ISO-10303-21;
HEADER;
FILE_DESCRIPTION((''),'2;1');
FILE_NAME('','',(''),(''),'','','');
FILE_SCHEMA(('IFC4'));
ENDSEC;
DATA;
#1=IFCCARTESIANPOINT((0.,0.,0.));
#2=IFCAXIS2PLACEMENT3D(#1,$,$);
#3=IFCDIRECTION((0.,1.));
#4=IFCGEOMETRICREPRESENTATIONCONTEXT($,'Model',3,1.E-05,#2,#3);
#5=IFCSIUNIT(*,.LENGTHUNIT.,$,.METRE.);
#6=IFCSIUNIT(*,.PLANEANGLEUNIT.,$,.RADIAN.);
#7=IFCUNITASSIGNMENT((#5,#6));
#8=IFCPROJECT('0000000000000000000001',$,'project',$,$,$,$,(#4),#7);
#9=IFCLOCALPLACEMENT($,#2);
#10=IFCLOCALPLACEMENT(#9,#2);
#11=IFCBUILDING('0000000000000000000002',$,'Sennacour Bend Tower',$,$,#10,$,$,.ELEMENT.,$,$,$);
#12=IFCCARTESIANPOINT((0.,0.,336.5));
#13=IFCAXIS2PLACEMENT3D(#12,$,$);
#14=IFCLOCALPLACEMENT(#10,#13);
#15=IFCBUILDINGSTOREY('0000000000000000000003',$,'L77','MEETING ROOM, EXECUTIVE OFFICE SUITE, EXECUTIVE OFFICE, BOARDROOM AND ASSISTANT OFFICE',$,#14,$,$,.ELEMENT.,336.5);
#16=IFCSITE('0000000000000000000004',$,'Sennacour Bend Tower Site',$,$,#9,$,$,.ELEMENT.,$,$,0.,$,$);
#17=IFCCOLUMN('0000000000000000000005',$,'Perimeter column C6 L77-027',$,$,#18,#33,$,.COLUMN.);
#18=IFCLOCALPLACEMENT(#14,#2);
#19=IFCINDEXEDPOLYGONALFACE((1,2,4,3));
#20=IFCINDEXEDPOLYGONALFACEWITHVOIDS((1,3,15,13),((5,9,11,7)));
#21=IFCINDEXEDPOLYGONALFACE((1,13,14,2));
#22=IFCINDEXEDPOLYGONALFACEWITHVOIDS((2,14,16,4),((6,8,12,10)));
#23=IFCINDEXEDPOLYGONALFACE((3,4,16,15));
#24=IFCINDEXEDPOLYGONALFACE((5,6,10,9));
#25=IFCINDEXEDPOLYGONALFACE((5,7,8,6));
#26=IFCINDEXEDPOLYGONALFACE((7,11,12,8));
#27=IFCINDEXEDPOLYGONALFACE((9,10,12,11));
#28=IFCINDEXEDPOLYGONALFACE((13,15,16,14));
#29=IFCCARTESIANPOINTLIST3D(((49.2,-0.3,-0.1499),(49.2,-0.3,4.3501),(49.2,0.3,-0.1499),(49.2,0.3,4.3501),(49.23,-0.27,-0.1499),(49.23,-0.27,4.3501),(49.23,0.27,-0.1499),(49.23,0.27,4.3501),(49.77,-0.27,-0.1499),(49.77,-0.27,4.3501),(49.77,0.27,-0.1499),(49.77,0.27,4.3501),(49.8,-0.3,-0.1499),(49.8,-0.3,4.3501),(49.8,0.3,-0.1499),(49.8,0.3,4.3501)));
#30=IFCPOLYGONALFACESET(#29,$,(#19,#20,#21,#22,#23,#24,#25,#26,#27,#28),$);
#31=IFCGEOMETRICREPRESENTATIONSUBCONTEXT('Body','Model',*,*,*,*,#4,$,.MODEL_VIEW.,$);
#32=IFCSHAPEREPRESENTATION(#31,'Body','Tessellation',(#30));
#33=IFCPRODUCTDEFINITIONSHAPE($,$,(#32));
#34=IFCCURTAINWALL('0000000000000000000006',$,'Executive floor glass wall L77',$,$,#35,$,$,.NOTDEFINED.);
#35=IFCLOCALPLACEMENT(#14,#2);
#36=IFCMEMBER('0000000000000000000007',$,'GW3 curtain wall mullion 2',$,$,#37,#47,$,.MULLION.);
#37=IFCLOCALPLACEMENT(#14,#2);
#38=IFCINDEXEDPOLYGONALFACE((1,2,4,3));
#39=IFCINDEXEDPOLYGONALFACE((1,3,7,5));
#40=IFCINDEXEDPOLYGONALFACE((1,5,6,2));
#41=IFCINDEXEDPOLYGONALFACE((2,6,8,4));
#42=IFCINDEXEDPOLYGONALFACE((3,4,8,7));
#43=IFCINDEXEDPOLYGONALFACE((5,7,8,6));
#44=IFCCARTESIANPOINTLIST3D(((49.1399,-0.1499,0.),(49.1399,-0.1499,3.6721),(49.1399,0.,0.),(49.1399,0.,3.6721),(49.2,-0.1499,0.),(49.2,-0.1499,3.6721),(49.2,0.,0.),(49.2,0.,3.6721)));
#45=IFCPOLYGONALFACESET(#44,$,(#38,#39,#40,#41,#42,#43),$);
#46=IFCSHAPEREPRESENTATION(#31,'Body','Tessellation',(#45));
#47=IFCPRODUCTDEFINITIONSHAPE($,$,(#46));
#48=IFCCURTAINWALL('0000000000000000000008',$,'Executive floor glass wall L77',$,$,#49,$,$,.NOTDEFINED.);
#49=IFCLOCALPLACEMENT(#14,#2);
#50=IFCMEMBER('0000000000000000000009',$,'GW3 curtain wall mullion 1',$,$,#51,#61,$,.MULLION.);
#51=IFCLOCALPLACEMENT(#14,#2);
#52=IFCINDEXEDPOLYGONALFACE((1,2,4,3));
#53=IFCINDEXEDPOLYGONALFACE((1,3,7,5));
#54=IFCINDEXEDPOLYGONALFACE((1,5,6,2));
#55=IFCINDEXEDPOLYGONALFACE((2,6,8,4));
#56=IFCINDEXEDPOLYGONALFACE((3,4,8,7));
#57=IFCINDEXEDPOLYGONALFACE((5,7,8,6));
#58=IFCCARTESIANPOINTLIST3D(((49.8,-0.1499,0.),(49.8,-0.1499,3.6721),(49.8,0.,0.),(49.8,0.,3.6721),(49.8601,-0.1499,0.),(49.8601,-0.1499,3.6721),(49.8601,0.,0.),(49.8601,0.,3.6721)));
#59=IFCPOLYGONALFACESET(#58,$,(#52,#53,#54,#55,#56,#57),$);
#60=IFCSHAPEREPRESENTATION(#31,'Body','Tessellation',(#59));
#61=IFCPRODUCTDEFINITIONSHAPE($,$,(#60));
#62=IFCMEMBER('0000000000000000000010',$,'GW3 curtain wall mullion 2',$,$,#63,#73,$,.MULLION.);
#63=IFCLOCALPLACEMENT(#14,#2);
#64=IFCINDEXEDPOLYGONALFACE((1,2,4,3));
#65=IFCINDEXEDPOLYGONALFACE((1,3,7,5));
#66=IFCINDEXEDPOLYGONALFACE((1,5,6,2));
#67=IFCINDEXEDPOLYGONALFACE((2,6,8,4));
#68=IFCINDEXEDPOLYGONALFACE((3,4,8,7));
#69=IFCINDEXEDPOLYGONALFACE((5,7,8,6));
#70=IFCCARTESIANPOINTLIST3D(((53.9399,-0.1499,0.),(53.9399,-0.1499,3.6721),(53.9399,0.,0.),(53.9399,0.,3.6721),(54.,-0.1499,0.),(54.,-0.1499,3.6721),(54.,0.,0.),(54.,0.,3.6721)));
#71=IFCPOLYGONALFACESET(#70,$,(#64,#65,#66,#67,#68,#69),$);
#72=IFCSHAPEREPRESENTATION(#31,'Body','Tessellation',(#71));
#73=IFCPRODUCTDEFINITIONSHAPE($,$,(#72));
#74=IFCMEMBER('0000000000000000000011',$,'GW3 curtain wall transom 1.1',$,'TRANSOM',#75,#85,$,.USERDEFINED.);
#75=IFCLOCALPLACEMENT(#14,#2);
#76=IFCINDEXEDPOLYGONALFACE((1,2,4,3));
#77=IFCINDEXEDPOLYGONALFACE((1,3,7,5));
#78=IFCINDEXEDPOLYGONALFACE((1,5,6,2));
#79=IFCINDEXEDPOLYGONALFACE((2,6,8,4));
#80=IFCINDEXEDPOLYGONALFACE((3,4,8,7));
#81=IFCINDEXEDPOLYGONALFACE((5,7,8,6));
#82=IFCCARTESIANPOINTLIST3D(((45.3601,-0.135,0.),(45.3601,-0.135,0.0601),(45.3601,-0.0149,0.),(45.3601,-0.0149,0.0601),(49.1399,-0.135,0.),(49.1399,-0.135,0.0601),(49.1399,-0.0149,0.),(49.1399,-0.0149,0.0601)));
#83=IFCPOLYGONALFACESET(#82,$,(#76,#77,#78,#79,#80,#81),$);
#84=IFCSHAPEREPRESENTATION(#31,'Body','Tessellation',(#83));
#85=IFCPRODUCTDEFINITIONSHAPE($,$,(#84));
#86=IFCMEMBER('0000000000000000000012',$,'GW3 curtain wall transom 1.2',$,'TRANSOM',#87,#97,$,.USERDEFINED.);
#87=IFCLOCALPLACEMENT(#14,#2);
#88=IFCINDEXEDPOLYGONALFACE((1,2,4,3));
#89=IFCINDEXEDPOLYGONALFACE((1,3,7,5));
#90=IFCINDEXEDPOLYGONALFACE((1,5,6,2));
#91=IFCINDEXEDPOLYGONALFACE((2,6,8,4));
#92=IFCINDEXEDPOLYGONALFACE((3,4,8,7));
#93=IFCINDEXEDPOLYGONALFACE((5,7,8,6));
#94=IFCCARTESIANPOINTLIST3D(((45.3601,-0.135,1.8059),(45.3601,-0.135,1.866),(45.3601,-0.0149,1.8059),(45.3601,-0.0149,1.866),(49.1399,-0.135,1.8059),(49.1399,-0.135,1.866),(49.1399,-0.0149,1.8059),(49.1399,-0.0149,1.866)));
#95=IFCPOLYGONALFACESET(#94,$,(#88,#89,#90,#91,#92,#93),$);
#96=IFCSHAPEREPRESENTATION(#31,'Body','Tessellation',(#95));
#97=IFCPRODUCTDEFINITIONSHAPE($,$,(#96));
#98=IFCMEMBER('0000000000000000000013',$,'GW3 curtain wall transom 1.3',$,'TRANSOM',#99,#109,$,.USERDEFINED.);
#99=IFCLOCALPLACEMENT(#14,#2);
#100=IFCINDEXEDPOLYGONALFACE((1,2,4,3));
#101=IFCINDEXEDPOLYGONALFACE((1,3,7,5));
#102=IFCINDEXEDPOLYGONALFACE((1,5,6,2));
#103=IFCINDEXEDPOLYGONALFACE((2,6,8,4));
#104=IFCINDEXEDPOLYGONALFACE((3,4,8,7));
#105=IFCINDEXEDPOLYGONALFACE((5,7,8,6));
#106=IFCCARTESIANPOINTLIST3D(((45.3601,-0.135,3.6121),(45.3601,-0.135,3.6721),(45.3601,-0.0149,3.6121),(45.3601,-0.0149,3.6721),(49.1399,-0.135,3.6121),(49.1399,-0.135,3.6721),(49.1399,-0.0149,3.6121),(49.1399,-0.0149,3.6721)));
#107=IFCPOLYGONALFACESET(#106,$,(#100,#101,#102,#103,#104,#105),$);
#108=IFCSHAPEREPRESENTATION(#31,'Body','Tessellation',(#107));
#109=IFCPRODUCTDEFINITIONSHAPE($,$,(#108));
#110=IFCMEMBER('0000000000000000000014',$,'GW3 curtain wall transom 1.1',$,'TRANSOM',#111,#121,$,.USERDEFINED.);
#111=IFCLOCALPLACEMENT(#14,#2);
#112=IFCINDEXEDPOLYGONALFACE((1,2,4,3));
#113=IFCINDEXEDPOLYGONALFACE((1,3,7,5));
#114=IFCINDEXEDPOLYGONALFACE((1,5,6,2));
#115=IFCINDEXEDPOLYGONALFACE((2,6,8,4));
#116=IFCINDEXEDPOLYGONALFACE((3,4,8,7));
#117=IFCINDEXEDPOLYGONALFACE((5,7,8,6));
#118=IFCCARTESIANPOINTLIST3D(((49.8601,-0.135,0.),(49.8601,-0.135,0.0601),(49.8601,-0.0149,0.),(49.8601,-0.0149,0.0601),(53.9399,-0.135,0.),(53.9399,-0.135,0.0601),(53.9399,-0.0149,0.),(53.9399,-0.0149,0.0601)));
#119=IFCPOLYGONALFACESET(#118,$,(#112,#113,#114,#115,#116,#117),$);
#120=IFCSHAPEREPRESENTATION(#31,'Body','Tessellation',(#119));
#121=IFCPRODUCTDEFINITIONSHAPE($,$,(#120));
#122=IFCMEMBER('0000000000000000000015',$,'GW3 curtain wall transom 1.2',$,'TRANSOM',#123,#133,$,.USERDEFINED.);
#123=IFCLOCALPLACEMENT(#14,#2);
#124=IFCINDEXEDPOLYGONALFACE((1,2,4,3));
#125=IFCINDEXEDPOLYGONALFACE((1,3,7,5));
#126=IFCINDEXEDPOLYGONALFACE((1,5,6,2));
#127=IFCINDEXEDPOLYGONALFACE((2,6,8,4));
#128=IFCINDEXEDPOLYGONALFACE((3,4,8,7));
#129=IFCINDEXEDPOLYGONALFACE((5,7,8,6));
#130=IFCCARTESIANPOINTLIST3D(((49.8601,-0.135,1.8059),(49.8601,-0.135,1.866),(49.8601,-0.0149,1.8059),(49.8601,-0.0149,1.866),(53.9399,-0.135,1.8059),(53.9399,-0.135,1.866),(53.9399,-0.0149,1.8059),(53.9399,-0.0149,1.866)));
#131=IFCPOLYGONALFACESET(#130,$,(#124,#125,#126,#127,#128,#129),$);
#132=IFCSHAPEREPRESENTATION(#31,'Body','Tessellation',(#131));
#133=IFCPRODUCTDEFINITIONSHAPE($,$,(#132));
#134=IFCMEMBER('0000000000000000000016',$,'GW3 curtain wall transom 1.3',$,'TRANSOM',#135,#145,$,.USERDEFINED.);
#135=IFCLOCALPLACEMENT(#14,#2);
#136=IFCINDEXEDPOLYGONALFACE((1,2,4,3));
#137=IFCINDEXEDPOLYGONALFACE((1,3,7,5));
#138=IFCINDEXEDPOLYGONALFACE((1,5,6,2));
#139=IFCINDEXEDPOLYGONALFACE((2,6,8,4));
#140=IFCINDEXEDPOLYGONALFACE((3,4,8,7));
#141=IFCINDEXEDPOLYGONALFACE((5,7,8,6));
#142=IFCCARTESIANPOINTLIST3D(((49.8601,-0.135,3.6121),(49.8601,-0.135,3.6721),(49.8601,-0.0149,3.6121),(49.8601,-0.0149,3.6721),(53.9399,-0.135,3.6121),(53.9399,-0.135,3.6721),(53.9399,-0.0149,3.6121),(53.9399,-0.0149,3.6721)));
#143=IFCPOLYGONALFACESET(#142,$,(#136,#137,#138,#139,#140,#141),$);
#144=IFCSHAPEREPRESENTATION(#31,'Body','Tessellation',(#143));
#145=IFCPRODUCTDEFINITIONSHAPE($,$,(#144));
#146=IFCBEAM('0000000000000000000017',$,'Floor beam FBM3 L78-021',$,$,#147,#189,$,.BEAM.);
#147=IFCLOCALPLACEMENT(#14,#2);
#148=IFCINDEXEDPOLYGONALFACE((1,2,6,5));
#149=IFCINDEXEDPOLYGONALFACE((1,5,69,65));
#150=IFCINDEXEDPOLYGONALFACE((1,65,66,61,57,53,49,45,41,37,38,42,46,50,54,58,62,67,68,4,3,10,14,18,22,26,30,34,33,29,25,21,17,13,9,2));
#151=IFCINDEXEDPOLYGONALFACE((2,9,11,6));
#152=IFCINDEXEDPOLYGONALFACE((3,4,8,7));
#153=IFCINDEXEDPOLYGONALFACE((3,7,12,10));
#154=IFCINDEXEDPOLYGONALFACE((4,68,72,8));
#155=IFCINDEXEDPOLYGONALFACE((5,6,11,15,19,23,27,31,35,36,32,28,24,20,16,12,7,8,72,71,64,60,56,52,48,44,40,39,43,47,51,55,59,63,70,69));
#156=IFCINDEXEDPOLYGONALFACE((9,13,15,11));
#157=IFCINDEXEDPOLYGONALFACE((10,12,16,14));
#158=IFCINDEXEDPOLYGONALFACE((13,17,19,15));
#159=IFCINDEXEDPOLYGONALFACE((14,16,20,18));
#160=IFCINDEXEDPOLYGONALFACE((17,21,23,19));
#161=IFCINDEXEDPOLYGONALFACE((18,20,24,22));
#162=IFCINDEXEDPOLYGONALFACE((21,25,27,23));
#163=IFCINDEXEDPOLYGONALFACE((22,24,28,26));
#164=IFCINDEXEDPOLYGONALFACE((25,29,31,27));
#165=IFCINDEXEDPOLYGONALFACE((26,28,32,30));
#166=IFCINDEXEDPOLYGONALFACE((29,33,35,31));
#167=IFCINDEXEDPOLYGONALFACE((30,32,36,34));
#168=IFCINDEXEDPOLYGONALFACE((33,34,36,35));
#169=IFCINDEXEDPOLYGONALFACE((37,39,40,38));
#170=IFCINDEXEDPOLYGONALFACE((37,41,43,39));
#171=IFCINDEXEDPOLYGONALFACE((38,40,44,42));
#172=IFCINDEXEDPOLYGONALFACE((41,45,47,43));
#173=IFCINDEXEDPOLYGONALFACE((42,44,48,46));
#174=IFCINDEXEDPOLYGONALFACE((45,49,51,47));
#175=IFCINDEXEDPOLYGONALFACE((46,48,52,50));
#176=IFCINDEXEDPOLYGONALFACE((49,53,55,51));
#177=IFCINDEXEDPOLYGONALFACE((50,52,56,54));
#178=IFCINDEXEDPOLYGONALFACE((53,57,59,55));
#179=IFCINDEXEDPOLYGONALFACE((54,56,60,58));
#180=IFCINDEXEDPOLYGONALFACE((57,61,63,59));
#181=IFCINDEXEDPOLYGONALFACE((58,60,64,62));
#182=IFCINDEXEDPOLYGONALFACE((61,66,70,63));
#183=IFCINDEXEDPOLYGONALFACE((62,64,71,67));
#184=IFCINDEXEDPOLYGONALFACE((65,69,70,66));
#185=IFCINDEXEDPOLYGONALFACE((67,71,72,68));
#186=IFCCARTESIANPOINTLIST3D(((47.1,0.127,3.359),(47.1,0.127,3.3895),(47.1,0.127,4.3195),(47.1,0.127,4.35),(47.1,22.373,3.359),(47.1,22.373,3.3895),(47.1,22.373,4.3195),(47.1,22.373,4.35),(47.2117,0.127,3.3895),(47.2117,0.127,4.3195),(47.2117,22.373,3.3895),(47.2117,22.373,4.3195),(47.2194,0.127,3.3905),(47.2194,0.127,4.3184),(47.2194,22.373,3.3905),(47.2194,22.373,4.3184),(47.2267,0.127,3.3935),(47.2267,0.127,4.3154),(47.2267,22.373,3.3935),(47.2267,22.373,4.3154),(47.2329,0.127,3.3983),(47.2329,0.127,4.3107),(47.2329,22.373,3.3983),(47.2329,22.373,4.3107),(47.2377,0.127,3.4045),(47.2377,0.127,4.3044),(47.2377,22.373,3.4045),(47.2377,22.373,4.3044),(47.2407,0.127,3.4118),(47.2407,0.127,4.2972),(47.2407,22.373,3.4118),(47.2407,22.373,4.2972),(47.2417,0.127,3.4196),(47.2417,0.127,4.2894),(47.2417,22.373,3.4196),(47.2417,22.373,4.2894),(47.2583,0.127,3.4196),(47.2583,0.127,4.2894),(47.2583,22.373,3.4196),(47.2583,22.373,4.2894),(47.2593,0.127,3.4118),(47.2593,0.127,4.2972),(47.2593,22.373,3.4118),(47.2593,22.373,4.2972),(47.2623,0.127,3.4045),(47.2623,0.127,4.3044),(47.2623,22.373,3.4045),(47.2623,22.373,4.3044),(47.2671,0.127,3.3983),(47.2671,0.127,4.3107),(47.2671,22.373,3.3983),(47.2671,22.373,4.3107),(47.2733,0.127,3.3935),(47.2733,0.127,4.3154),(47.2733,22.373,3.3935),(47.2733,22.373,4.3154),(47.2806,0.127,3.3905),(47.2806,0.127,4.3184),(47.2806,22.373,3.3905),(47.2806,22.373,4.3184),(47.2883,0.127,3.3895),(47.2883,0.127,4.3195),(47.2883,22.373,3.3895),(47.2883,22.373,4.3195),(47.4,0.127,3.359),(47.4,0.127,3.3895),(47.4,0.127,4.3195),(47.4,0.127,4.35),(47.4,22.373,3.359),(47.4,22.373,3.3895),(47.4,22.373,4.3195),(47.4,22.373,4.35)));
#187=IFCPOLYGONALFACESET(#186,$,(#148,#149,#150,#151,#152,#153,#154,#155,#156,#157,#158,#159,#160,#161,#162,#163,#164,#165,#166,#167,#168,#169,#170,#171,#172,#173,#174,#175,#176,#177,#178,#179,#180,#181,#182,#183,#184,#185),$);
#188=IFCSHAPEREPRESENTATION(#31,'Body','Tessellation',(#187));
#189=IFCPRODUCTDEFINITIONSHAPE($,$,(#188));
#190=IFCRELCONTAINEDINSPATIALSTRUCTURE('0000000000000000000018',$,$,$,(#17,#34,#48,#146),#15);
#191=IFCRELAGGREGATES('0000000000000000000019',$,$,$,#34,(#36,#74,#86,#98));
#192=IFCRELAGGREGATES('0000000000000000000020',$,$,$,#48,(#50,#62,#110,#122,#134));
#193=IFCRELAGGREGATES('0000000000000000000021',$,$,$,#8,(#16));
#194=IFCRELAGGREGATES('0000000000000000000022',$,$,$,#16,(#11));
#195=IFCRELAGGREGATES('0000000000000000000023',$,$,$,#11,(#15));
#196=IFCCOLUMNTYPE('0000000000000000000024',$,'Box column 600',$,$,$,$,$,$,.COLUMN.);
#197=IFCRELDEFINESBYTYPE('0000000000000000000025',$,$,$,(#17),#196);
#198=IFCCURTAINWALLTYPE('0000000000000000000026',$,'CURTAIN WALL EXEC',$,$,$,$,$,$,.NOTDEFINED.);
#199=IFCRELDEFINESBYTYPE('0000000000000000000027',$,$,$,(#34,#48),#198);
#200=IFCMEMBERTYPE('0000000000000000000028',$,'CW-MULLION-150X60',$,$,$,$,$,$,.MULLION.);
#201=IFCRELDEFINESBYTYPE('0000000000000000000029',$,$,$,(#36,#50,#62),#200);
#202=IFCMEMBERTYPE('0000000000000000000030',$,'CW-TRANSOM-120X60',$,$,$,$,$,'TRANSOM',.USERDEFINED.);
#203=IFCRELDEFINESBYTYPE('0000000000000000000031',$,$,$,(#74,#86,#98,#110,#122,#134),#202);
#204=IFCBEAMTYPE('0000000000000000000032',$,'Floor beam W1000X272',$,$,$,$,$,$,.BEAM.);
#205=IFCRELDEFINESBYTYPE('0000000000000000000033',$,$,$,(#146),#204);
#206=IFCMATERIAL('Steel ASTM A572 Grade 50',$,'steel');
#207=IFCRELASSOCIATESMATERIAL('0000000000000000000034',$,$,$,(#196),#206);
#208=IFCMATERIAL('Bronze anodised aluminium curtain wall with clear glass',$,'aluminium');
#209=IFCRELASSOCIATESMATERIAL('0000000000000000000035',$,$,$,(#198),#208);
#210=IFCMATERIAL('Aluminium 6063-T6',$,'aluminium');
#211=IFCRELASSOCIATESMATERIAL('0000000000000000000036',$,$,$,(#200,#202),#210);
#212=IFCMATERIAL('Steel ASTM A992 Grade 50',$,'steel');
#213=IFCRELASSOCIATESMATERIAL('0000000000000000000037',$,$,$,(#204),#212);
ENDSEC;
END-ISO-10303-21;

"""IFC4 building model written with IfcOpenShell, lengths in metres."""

from ifc_helpers import new_model, si_unit, direction, frame, origin, origin_2d, place, context, subcontext, project, spatial, rectangle, hollow_rectangle, i_section, extrude, material, material_profile, profile_set, type_object, element, aggregate, save


model = new_model("IFC4")

# Units and contexts
model_context = context("Model", 3, precision=1e-05, world=origin(), true_north=direction((0.0, 1.0)))
body_context = subcontext(model_context, "Body", "Model", "MODEL_VIEW")
ifc_project = project(units=[si_unit("LENGTHUNIT", "METRE"), si_unit("PLANEANGLEUNIT", "RADIAN")], contexts=[model_context])

# Site, building, storey
site_placement = place(None, origin())
site = spatial("IfcSite", under=ifc_project, at=site_placement, Name="Sennacour Bend Tower Site", CompositionType="ELEMENT", RefElevation=0.0)
building_placement = place(site_placement, origin())
building = spatial("IfcBuilding", under=site, at=building_placement, Name="Sennacour Bend Tower", CompositionType="ELEMENT")
storey_placement = place(building_placement, frame((0.0, 0.0, 336.5)))
storey = spatial("IfcBuildingStorey", under=building, at=storey_placement, Name="L77", Description="MEETING ROOM, EXECUTIVE OFFICE SUITE, EXECUTIVE OFFICE, BOARDROOM AND ASSISTANT OFFICE", CompositionType="ELEMENT", Elevation=336.5)

# Column
ifc_material_1 = material(Name="Steel ASTM A572 Grade 50", Category="steel")
ifc_material_profile_1 = material_profile(ifc_material_1, hollow_rectangle(XDim=0.6001, YDim=0.6001, WallThickness=0.03, at=origin_2d()), Name="Steel ASTM A572 Grade 50", Category="steel")
ifc_profile_set_1 = profile_set([ifc_material_profile_1], Name="Steel ASTM A572 Grade 50")
column_type = type_object("IfcColumnType", Name="Box column 600", PredefinedType="COLUMN", material=ifc_profile_set_1)
column_placement = place(storey_placement, frame((49.5, 0.0, -0.1499), z_axis=(0.0, 0.0, 1.0), x_axis=(1.0, 0.0, 0.0)))
element("IfcColumn", 1, at=column_placement, inside=storey, type_object=column_type, Name="Perimeter column C6 L77-027", PredefinedType="COLUMN", context=body_context, shape_type="SweptSolid", body=[
    extrude(hollow_rectangle(XDim=0.6001, YDim=0.6001, WallThickness=0.03, at=origin_2d()), origin(), (0.0, 0.0, 1.0), 4.5),
])

# Curtain wall, member
ifc_material_2 = material(Name="Bronze anodised aluminium curtain wall with clear glass", Category="aluminium")
curtain_wall_type = type_object("IfcCurtainWallType", Name="CURTAIN WALL EXEC", PredefinedType="NOTDEFINED", material=ifc_material_2)
curtain_wall_1_placement = place(storey_placement, origin())
curtain_wall_1 = element("IfcCurtainWall", 2, at=curtain_wall_1_placement, inside=storey, type_object=curtain_wall_type, Name="Executive floor glass wall L77", PredefinedType="NOTDEFINED")
ifc_material_3 = material(Name="Aluminium 6063-T6", Category="aluminium")
ifc_material_profile_2 = material_profile(ifc_material_3, rectangle(XDim=0.1499, YDim=0.0601, at=origin_2d()), Name="Aluminium 6063-T6", Category="aluminium")
ifc_profile_set_2 = profile_set([ifc_material_profile_2], Name="Aluminium 6063-T6")
member_type_1 = type_object("IfcMemberType", Name="CW-MULLION-150X60", PredefinedType="MULLION", material=ifc_profile_set_2)
member_1_placement = place(storey_placement, frame((49.1699, -0.075, 0.0), z_axis=(0.0, 0.0, 1.0), x_axis=(0.0, 1.0, 0.0)))
member_1 = element("IfcMember", 3, at=member_1_placement, type_object=member_type_1, Name="GW3 curtain wall mullion 2", PredefinedType="MULLION", context=body_context, shape_type="SweptSolid", body=[
    extrude(rectangle(XDim=0.1499, YDim=0.0601, at=origin_2d()), origin(), (0.0, 0.0, 1.0), 3.6721),
])

# Curtain wall, members
curtain_wall_2_placement = place(storey_placement, origin())
curtain_wall_2 = element("IfcCurtainWall", 4, at=curtain_wall_2_placement, inside=storey, type_object=curtain_wall_type, Name="Executive floor glass wall L77", PredefinedType="NOTDEFINED")
member_2_placement = place(storey_placement, frame((49.8301, -0.075, 0.0), z_axis=(0.0, 0.0, 1.0), x_axis=(0.0, 1.0, 0.0)))
member_2 = element("IfcMember", 5, at=member_2_placement, type_object=member_type_1, Name="GW3 curtain wall mullion 1", PredefinedType="MULLION", context=body_context, shape_type="SweptSolid", body=[
    extrude(rectangle(XDim=0.1499, YDim=0.0601, at=origin_2d()), origin(), (0.0, 0.0, 1.0), 3.6721),
])
member_3_placement = place(storey_placement, frame((53.97, -0.075, 0.0), z_axis=(0.0, 0.0, 1.0), x_axis=(0.0, 1.0, 0.0)))
member_3 = element("IfcMember", 6, at=member_3_placement, type_object=member_type_1, Name="GW3 curtain wall mullion 2", PredefinedType="MULLION", context=body_context, shape_type="SweptSolid", body=[
    extrude(rectangle(XDim=0.1499, YDim=0.0601, at=origin_2d()), origin(), (0.0, 0.0, 1.0), 3.6721),
])

# Members
ifc_material_profile_3 = material_profile(ifc_material_3, rectangle(XDim=0.1201, YDim=0.0601, at=origin_2d()), Name="Aluminium 6063-T6", Category="aluminium")
ifc_profile_set_3 = profile_set([ifc_material_profile_3], Name="Aluminium 6063-T6")
member_type_2 = type_object("IfcMemberType", Name="CW-TRANSOM-120X60", ElementType="TRANSOM", PredefinedType="USERDEFINED", material=ifc_profile_set_3)
member_4_placement = place(storey_placement, frame((45.3601, -0.075, 0.03), z_axis=(1.0, 0.0, 0.0), x_axis=(0.0, 1.0, 0.0)))
member_4 = element("IfcMember", 7, at=member_4_placement, type_object=member_type_2, Name="GW3 curtain wall transom 1.1", ObjectType="TRANSOM", PredefinedType="USERDEFINED", context=body_context, shape_type="SweptSolid", body=[
    extrude(rectangle(XDim=0.1201, YDim=0.0601, at=origin_2d()), origin(), (0.0, 0.0, 1.0), 3.7798),
])
member_5_placement = place(storey_placement, frame((45.3601, -0.075, 1.8359), z_axis=(1.0, 0.0, 0.0), x_axis=(0.0, 1.0, 0.0)))
member_5 = element("IfcMember", 8, at=member_5_placement, type_object=member_type_2, Name="GW3 curtain wall transom 1.2", ObjectType="TRANSOM", PredefinedType="USERDEFINED", context=body_context, shape_type="SweptSolid", body=[
    extrude(rectangle(XDim=0.1201, YDim=0.0601, at=origin_2d()), origin(), (0.0, 0.0, 1.0), 3.7798),
])
member_6_placement = place(storey_placement, frame((45.3601, -0.075, 3.6421), z_axis=(1.0, 0.0, 0.0), x_axis=(0.0, 1.0, 0.0)))
member_6 = element("IfcMember", 9, at=member_6_placement, type_object=member_type_2, Name="GW3 curtain wall transom 1.3", ObjectType="TRANSOM", PredefinedType="USERDEFINED", context=body_context, shape_type="SweptSolid", body=[
    extrude(rectangle(XDim=0.1201, YDim=0.0601, at=origin_2d()), origin(), (0.0, 0.0, 1.0), 3.7798),
])
member_7_placement = place(storey_placement, frame((49.8601, -0.075, 0.03), z_axis=(1.0, 0.0, 0.0), x_axis=(0.0, 1.0, 0.0)))
member_7 = element("IfcMember", 10, at=member_7_placement, type_object=member_type_2, Name="GW3 curtain wall transom 1.1", ObjectType="TRANSOM", PredefinedType="USERDEFINED", context=body_context, shape_type="SweptSolid", body=[
    extrude(rectangle(XDim=0.1201, YDim=0.0601, at=origin_2d()), origin(), (0.0, 0.0, 1.0), 4.0798),
])
member_8_placement = place(storey_placement, frame((49.8601, -0.075, 1.8359), z_axis=(1.0, 0.0, 0.0), x_axis=(0.0, 1.0, 0.0)))
member_8 = element("IfcMember", 11, at=member_8_placement, type_object=member_type_2, Name="GW3 curtain wall transom 1.2", ObjectType="TRANSOM", PredefinedType="USERDEFINED", context=body_context, shape_type="SweptSolid", body=[
    extrude(rectangle(XDim=0.1201, YDim=0.0601, at=origin_2d()), origin(), (0.0, 0.0, 1.0), 4.0798),
])
member_9_placement = place(storey_placement, frame((49.8601, -0.075, 3.6421), z_axis=(1.0, 0.0, 0.0), x_axis=(0.0, 1.0, 0.0)))
member_9 = element("IfcMember", 12, at=member_9_placement, type_object=member_type_2, Name="GW3 curtain wall transom 1.3", ObjectType="TRANSOM", PredefinedType="USERDEFINED", context=body_context, shape_type="SweptSolid", body=[
    extrude(rectangle(XDim=0.1201, YDim=0.0601, at=origin_2d()), origin(), (0.0, 0.0, 1.0), 4.0798),
])

# Beam
ifc_material_4 = material(Name="Steel ASTM A992 Grade 50", Category="steel")
ifc_material_profile_4 = material_profile(ifc_material_4, i_section(OverallWidth=0.3, OverallDepth=0.991, WebThickness=0.0166, FlangeThickness=0.0305, FilletRadius=0.03, at=origin_2d()), Name="Steel ASTM A992 Grade 50", Category="steel")
ifc_profile_set_4 = profile_set([ifc_material_profile_4], Name="Steel ASTM A992 Grade 50")
beam_type_1 = type_object("IfcBeamType", Name="Floor beam W1000X272", PredefinedType="BEAM", material=ifc_profile_set_4)
beam_1_placement = place(storey_placement, frame((47.25, 0.127, 3.8545), z_axis=(0.0, 1.0, 0.0), x_axis=(-1.0, 0.0, 0.0)))
element("IfcBeam", 13, at=beam_1_placement, inside=storey, type_object=beam_type_1, Name="Floor beam FBM3 L78-021", PredefinedType="BEAM", context=body_context, shape_type="SweptSolid", body=[
    extrude(i_section(OverallWidth=0.3, OverallDepth=0.991, WebThickness=0.0166, FlangeThickness=0.0305, FilletRadius=0.03, at=origin_2d()), origin(), (0.0, 0.0, 1.0), 22.2461),
])

aggregate(curtain_wall_1, [member_1, member_4, member_5, member_6])
aggregate(curtain_wall_2, [member_2, member_3, member_7, member_8, member_9])

save(model, "model.ifc")
